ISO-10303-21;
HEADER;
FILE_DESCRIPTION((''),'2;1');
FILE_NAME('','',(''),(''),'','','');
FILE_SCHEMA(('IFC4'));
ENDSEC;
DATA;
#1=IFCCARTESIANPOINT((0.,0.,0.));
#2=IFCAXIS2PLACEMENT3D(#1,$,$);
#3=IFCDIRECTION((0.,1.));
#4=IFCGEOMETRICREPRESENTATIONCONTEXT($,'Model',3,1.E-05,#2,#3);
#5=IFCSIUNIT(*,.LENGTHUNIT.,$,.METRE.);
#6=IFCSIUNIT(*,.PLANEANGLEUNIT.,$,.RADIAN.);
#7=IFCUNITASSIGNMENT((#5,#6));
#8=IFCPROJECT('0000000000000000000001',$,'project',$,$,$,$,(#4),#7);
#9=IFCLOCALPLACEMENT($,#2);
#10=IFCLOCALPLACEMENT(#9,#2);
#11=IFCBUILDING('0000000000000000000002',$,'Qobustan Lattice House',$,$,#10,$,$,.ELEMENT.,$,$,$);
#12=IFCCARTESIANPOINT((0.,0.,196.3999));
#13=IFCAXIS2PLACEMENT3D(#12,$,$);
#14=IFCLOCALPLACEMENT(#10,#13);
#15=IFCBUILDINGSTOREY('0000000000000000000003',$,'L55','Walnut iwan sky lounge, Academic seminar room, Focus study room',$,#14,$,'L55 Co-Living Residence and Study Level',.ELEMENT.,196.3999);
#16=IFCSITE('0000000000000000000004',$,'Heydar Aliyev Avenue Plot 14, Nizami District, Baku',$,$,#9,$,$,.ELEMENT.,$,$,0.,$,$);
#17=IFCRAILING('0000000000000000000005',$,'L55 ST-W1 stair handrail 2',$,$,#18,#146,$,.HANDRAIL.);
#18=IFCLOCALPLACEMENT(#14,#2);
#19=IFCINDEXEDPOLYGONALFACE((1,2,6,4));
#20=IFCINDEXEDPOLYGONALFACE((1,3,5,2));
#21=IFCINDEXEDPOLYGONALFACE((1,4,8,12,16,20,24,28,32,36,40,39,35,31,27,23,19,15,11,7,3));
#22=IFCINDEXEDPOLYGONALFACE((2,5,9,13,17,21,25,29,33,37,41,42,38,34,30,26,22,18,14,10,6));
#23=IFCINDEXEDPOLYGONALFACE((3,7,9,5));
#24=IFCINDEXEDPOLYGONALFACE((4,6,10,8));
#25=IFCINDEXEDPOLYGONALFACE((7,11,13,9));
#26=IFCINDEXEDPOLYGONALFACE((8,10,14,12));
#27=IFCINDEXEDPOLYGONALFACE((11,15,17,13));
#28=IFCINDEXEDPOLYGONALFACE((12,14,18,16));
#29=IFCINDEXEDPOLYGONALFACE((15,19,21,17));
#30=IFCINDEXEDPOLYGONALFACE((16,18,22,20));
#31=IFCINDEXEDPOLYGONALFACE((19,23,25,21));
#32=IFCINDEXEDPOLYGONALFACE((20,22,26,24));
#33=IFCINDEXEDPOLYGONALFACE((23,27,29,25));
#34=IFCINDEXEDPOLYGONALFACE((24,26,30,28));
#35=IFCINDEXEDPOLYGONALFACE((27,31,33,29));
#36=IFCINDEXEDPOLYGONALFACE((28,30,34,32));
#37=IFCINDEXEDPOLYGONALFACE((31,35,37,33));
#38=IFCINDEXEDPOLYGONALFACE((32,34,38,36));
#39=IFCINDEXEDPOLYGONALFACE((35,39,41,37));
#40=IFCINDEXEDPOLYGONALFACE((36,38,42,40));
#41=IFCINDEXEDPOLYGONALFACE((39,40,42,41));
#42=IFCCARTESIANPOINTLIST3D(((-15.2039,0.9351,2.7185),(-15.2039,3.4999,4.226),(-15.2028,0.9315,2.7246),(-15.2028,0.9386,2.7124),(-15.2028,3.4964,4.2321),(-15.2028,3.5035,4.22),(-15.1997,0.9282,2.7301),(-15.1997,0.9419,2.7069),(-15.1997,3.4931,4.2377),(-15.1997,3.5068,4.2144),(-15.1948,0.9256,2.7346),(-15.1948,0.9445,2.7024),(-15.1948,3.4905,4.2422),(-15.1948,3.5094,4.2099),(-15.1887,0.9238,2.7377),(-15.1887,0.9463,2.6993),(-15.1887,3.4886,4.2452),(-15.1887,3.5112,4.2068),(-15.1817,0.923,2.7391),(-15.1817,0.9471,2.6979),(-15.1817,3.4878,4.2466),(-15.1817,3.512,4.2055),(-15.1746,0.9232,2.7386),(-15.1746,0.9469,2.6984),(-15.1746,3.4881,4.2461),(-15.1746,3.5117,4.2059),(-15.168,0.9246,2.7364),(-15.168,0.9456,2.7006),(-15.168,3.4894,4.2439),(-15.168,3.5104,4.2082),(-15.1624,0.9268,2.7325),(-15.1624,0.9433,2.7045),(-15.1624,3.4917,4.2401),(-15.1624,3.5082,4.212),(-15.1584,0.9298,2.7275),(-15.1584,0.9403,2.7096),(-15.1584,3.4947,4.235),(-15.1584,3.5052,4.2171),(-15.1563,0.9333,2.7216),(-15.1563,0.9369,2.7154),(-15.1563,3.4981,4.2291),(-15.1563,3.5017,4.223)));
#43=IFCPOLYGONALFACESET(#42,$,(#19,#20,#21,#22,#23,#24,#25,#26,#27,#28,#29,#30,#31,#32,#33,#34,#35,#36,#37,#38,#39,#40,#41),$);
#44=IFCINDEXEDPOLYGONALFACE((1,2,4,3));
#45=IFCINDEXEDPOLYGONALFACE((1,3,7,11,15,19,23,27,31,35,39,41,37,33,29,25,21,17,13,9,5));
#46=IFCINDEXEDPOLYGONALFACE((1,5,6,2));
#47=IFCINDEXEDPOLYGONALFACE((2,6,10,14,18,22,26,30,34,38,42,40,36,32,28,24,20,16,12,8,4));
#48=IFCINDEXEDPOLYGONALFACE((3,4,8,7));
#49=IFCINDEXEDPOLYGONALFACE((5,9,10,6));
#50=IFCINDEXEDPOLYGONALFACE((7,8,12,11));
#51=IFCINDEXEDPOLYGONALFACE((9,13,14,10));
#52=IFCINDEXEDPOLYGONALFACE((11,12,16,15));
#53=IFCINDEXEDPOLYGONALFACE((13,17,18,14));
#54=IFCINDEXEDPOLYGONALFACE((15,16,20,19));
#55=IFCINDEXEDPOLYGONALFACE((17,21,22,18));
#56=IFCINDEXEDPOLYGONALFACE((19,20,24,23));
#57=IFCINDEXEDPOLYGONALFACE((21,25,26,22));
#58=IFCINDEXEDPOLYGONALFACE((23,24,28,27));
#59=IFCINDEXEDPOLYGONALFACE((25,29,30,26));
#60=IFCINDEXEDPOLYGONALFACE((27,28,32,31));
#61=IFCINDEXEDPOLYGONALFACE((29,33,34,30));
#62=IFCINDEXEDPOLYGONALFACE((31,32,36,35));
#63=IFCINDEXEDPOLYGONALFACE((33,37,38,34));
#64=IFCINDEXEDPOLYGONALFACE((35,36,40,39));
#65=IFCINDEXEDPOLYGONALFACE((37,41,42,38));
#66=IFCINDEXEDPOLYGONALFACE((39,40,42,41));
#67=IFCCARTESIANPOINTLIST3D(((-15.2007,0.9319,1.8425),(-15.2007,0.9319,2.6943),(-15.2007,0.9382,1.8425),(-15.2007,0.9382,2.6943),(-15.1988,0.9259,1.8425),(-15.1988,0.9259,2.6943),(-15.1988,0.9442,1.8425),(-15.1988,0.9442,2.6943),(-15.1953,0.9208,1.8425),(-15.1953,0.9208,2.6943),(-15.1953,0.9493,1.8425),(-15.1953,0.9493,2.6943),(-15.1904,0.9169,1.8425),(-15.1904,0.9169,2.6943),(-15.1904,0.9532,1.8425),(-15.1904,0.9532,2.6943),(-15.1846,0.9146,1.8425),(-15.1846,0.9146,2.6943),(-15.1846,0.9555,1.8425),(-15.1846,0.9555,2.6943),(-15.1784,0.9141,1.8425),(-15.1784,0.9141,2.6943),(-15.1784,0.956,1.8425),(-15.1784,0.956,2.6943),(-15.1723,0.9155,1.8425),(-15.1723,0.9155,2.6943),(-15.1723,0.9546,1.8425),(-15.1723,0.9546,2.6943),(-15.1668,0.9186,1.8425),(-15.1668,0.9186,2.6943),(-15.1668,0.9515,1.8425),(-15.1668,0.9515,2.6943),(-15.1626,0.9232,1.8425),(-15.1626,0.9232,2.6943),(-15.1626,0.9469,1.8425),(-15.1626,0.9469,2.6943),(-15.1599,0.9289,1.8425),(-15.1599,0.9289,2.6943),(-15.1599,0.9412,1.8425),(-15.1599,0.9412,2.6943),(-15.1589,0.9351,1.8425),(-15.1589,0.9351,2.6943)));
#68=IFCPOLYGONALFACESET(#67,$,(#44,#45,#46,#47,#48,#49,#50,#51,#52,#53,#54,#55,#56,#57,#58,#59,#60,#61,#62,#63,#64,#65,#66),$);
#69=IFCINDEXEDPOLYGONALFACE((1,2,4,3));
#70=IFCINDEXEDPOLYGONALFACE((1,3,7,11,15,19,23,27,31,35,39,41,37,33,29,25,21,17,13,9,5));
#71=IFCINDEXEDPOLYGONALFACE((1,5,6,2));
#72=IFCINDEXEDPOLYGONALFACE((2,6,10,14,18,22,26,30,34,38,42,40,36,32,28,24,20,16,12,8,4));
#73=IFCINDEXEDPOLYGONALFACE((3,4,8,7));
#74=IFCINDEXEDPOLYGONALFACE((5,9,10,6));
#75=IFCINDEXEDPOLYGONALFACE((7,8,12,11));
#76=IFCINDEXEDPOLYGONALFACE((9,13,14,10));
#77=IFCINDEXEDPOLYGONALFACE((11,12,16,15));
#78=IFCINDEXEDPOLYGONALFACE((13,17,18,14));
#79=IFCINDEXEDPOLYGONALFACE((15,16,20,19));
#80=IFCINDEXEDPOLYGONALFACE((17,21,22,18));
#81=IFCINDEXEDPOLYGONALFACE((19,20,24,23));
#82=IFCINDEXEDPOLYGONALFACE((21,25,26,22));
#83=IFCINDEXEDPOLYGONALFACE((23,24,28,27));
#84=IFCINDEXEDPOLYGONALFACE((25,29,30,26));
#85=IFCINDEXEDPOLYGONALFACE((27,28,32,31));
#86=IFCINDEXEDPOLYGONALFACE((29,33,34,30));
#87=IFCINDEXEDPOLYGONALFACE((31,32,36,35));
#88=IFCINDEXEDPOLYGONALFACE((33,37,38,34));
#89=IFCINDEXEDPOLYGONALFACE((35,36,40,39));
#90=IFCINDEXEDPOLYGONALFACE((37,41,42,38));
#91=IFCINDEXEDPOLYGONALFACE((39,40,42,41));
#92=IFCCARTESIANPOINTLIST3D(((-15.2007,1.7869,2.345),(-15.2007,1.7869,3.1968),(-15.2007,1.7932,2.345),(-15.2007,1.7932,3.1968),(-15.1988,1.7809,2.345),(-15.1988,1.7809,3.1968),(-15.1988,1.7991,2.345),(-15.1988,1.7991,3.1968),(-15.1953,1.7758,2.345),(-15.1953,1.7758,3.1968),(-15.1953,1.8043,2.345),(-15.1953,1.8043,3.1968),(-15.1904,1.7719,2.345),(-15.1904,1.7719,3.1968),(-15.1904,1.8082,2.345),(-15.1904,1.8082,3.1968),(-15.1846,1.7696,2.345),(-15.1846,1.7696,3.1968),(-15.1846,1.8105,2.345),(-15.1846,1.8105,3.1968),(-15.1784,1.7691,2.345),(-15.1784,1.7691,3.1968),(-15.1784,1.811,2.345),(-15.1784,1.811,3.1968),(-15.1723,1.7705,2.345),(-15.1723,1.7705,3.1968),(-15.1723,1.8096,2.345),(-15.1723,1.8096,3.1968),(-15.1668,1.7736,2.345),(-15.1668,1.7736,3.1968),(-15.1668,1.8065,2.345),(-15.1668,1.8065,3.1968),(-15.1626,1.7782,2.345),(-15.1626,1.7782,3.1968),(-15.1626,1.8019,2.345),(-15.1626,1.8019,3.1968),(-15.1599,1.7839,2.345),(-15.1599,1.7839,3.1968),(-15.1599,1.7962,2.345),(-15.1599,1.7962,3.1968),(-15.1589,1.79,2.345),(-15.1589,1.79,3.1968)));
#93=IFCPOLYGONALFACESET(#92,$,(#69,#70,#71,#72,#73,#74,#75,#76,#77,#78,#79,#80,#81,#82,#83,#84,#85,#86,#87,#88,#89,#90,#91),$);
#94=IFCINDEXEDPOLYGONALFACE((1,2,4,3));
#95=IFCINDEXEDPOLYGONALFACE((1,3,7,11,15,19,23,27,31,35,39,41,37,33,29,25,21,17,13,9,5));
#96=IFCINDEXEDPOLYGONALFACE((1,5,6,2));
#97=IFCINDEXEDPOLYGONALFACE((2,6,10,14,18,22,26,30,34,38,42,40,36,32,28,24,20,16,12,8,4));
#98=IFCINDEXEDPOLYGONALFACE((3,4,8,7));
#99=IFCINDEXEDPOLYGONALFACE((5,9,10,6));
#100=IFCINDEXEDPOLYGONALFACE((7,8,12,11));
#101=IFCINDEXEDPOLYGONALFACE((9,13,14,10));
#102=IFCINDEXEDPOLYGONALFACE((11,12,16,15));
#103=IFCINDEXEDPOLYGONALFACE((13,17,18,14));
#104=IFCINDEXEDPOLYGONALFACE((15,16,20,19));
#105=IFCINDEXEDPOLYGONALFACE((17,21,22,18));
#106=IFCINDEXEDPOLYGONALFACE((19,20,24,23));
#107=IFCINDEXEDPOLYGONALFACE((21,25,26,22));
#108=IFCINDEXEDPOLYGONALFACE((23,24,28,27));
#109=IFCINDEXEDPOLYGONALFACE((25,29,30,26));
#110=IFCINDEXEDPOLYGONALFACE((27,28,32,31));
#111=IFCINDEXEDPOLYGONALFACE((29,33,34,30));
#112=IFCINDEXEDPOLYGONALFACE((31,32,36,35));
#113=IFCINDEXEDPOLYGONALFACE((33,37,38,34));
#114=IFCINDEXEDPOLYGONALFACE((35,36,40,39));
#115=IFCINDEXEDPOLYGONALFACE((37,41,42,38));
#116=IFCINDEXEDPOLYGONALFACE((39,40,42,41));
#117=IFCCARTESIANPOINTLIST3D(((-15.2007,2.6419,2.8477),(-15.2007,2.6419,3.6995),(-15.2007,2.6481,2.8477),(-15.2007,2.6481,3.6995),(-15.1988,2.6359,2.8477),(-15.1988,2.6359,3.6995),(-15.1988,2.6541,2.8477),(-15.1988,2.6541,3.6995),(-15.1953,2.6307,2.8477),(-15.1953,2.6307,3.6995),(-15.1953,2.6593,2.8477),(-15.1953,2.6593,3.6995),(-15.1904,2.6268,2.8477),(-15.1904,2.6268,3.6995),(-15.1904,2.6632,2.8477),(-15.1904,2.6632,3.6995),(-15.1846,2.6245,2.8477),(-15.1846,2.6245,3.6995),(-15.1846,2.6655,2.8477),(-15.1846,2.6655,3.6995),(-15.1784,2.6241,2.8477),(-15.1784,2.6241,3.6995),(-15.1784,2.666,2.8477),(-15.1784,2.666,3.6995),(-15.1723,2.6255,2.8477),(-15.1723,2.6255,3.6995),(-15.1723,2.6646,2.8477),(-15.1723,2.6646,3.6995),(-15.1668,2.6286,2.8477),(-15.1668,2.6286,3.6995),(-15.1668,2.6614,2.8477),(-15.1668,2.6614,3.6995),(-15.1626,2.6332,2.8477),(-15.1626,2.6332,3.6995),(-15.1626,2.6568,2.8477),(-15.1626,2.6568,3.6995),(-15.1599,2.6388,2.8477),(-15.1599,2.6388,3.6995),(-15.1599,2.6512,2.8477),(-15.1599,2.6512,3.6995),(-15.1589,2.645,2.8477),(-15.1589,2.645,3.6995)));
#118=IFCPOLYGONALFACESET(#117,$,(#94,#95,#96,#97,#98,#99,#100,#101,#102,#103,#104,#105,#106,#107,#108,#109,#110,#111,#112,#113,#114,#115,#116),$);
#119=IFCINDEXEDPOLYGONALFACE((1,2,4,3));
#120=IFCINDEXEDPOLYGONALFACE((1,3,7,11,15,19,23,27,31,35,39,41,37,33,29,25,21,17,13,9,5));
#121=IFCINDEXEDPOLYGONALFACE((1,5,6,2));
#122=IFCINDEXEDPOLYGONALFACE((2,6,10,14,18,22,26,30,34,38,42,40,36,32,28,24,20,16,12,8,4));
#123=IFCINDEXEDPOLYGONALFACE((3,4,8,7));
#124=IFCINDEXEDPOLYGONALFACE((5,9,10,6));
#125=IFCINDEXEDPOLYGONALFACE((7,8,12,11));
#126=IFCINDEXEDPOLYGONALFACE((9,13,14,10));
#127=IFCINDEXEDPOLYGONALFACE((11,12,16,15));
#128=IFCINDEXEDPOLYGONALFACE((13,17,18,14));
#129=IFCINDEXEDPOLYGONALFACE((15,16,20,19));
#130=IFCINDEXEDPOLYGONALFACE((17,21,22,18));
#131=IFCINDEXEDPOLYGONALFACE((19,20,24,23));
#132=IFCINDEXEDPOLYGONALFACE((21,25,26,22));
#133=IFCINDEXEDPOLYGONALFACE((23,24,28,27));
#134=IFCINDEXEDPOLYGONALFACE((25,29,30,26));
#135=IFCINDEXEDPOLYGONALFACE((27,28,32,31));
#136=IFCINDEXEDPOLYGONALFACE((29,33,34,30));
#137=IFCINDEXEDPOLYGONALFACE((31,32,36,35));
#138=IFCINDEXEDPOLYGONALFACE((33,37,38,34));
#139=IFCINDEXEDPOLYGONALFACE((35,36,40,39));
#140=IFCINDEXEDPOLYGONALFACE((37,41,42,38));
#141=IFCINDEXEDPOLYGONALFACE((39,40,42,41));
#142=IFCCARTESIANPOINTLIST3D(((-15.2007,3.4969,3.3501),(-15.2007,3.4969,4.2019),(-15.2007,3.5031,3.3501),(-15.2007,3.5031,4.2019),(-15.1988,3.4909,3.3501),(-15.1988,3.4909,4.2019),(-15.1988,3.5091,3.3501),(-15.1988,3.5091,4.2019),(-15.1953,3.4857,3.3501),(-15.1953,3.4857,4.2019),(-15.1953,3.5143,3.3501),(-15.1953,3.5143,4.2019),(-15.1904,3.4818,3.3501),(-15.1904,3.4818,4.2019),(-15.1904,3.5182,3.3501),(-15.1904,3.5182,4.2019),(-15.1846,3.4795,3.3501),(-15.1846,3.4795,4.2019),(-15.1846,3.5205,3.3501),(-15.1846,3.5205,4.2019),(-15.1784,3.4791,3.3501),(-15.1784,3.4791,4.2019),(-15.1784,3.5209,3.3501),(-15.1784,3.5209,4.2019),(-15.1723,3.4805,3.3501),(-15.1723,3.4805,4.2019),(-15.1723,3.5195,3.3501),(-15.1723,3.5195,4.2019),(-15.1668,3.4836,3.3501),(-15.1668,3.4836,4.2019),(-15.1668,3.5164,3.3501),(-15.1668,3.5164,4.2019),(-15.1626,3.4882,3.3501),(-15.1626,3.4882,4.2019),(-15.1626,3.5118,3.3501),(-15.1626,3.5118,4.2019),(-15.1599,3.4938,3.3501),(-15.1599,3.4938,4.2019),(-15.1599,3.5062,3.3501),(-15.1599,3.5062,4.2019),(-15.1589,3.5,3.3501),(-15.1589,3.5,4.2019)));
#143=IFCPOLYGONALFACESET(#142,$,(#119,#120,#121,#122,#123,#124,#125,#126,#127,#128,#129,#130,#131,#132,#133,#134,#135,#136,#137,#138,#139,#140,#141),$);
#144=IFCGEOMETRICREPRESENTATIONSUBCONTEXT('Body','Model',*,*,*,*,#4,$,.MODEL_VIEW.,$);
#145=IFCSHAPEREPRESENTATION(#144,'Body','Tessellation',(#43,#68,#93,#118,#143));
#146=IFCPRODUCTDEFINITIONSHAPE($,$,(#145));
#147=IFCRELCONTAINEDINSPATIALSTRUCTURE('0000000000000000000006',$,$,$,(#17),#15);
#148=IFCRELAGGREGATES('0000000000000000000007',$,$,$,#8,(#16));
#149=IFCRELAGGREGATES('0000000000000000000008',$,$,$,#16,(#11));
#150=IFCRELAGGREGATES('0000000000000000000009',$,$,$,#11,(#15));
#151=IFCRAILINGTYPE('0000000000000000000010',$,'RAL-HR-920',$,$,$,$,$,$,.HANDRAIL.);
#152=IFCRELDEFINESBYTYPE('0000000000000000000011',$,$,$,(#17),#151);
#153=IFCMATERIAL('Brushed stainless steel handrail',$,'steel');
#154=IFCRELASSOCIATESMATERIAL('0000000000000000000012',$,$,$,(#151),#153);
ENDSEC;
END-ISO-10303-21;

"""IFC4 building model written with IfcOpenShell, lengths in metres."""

from ifc_helpers import new_model, si_unit, direction, frame, origin, origin_2d, place, context, subcontext, project, spatial, circle, extrude, material, type_object, element, save


model = new_model("IFC4")

# Units and contexts
model_context = context("Model", 3, precision=1e-05, world=origin(), true_north=direction((0.0, 1.0)))
body_context = subcontext(model_context, "Body", "Model", "MODEL_VIEW")
ifc_project = project(units=[si_unit("LENGTHUNIT", "METRE"), si_unit("PLANEANGLEUNIT", "RADIAN")], contexts=[model_context])

# Site, building, storey
site_placement = place(None, origin())
site = spatial("IfcSite", under=ifc_project, at=site_placement, Name="Heydar Aliyev Avenue Plot 14, Nizami District, Baku", CompositionType="ELEMENT", RefElevation=0.0)
building_placement = place(site_placement, origin())
building = spatial("IfcBuilding", under=site, at=building_placement, Name="Qobustan Lattice House", CompositionType="ELEMENT")
storey_placement = place(building_placement, frame((0.0, 0.0, 196.3999)))
storey = spatial("IfcBuildingStorey", under=building, at=storey_placement, Name="L55", Description="Walnut iwan sky lounge, Academic seminar room, Focus study room", LongName="L55 Co-Living Residence and Study Level", CompositionType="ELEMENT", Elevation=196.3999)

# Railing
ifc_material_1 = material(Name="Brushed stainless steel handrail", Category="steel")
railing_type_1 = type_object("IfcRailingType", Name="RAL-HR-920", PredefinedType="HANDRAIL", material=ifc_material_1)
railing_1_placement = place(storey_placement, frame((-15.1799, 0.9351, 1.8425)))
element("IfcRailing", 1, at=railing_1_placement, inside=storey, type_object=railing_type_1, Name="L55 ST-W1 stair handrail 2", PredefinedType="HANDRAIL", context=body_context, shape_type="SweptSolid", body=[
    extrude(circle(Radius=0.0239, at=origin_2d()), frame((0.0, 0.0, 0.876), z_axis=(0.0, 0.862113, 0.506715), x_axis=(-1.0, 0.0, 0.0)), (0.0, 0.0, 1.0), 2.9751),
    extrude(circle(Radius=0.021, at=origin_2d()), origin(), (0.0, 0.0, 1.0), 0.8518),
    extrude(circle(Radius=0.021, at=origin_2d()), frame((0.0, 0.855, 0.5024)), (0.0, 0.0, 1.0), 0.8518),
    extrude(circle(Radius=0.021, at=origin_2d()), frame((0.0, 1.71, 1.0051)), (0.0, 0.0, 1.0), 0.8518),
    extrude(circle(Radius=0.021, at=origin_2d()), frame((0.0, 2.5649, 1.5076)), (0.0, 0.0, 1.0), 0.8518),
])

save(model, "model.ifc")
